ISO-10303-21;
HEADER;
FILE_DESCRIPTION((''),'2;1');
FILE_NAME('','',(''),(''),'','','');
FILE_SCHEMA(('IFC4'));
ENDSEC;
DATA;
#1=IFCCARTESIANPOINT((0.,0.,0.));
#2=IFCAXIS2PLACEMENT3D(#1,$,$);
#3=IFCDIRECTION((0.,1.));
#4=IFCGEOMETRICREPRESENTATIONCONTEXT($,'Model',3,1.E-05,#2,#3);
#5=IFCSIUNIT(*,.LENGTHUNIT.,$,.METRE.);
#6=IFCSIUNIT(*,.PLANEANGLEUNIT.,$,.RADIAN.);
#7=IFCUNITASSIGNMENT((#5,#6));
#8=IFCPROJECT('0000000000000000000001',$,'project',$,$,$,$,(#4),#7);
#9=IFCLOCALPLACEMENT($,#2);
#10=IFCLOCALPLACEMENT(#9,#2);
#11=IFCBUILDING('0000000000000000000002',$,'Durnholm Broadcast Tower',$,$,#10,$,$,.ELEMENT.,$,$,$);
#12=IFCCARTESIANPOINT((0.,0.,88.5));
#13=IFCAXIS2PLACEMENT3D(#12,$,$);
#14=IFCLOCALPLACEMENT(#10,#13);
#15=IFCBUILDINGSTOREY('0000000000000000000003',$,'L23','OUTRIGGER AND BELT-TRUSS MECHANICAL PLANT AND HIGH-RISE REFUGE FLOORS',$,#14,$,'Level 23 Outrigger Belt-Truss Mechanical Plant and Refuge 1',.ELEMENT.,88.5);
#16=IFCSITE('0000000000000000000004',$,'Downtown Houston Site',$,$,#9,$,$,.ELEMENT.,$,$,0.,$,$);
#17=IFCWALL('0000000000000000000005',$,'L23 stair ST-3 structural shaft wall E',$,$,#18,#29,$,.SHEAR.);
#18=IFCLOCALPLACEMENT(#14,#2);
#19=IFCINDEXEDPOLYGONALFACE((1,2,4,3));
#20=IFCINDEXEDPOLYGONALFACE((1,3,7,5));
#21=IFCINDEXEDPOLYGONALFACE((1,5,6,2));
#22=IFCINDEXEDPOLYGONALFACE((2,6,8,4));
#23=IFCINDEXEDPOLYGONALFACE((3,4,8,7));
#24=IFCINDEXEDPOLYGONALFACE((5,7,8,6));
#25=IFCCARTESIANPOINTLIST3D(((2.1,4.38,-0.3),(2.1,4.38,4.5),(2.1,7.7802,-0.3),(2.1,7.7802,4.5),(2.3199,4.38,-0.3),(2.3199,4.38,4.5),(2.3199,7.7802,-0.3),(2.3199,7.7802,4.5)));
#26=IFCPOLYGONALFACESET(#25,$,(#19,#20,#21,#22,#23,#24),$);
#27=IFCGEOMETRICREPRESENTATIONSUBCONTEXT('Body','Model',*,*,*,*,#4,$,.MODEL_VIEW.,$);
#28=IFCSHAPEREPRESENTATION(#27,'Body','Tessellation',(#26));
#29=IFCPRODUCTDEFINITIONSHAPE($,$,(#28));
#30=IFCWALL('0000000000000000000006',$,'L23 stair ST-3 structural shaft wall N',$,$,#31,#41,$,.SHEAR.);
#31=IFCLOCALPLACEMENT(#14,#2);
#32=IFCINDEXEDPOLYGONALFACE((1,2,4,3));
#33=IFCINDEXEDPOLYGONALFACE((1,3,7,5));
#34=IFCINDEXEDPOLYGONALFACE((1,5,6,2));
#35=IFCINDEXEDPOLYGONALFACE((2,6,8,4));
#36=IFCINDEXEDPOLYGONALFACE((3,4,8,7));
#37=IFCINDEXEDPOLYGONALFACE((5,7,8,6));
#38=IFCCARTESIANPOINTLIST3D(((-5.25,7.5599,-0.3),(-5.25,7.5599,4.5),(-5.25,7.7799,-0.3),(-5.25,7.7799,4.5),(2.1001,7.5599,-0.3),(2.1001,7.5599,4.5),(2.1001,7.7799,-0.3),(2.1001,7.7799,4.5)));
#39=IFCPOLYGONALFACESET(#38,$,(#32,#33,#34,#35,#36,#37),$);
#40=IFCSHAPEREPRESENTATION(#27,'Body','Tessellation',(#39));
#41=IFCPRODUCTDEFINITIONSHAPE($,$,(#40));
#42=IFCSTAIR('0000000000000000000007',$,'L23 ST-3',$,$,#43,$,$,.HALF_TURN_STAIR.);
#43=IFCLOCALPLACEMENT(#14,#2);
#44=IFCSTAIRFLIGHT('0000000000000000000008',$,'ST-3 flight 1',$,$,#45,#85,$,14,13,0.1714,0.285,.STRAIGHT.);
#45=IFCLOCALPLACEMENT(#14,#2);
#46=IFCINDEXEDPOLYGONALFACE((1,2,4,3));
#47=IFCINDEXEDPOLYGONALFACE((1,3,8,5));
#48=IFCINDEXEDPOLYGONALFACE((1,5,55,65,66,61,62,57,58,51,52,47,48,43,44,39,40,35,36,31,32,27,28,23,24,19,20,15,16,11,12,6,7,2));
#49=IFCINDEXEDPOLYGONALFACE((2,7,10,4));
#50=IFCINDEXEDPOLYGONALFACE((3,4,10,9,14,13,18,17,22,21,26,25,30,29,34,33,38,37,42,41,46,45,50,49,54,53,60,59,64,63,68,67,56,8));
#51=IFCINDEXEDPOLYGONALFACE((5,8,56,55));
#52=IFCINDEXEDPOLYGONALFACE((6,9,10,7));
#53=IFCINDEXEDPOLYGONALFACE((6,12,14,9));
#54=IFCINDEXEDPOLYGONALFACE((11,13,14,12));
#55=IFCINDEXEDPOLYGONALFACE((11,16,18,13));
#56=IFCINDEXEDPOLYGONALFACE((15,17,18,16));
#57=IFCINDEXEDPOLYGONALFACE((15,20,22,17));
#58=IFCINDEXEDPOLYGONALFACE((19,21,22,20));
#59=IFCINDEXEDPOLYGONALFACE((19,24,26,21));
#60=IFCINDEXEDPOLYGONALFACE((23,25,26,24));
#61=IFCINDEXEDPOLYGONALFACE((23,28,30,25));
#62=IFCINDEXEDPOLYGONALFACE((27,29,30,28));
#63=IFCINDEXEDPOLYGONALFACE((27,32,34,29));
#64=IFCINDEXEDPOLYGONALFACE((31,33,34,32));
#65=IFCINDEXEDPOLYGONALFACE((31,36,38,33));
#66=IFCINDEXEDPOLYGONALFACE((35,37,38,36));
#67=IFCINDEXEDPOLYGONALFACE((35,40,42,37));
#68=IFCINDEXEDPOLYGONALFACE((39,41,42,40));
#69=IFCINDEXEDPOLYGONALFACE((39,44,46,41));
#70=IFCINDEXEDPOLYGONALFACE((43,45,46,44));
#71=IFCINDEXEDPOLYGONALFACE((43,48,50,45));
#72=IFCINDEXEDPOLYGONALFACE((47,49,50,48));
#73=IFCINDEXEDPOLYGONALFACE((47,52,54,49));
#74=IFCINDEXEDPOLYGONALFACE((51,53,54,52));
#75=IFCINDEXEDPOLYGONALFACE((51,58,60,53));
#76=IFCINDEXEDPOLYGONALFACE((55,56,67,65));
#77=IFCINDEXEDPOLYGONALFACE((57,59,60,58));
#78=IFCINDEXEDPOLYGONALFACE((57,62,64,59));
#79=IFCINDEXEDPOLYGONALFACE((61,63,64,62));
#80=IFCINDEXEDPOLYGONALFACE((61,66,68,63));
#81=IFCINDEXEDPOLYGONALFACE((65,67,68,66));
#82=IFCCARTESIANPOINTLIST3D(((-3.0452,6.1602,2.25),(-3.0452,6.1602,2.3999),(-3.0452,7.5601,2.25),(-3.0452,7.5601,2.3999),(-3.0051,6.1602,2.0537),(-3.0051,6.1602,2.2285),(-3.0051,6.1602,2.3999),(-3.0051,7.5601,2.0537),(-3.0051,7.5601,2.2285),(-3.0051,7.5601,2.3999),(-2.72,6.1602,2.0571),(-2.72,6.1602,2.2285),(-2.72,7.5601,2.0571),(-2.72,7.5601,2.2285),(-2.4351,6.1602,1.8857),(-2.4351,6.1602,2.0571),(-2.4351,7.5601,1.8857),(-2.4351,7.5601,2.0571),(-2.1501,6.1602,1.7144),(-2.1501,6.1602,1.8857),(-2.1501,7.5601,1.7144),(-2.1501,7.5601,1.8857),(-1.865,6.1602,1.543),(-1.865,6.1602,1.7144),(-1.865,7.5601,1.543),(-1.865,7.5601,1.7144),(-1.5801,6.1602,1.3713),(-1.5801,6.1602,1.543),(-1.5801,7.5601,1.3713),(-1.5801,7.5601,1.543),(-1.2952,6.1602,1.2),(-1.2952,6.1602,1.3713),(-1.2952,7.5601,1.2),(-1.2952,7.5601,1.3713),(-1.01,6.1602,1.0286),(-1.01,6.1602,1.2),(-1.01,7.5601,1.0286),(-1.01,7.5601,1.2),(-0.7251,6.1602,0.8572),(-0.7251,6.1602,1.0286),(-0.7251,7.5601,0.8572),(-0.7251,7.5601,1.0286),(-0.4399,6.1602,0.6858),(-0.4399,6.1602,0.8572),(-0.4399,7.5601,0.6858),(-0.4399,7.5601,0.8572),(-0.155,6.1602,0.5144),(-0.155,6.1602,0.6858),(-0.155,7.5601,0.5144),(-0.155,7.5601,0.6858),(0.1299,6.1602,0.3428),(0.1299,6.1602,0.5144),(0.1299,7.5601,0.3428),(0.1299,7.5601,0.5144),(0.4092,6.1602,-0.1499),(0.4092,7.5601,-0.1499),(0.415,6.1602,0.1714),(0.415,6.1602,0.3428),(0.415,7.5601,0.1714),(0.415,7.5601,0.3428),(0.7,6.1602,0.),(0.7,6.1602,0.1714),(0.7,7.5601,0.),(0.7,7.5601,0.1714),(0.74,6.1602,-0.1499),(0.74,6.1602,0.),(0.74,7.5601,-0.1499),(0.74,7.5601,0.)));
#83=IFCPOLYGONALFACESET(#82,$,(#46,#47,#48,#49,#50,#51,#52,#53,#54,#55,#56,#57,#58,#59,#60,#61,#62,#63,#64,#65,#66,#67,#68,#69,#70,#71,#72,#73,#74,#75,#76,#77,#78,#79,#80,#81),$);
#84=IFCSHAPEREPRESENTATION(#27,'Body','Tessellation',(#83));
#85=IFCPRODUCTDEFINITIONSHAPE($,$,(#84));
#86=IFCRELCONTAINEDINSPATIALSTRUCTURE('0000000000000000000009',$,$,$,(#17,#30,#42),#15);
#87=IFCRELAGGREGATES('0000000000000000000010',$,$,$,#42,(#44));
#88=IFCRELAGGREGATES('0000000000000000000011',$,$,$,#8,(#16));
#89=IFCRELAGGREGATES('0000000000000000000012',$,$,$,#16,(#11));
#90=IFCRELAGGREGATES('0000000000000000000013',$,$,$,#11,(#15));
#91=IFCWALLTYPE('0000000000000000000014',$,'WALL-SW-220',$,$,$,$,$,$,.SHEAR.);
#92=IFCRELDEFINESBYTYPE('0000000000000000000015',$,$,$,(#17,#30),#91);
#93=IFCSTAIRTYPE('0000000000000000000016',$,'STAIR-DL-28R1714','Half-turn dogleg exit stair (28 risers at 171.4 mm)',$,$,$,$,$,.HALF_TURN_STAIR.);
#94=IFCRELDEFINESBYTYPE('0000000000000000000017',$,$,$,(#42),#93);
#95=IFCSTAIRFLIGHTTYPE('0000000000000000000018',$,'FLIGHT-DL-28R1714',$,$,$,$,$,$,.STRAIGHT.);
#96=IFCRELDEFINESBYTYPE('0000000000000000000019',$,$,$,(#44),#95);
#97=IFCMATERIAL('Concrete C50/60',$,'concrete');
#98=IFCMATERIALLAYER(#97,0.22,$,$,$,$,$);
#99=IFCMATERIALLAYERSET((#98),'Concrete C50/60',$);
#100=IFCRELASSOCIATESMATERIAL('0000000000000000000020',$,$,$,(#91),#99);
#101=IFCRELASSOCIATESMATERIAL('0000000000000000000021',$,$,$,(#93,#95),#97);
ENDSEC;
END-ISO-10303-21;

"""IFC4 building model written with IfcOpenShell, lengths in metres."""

from ifc_helpers import new_model, si_unit, direction, frame, frame_2d, origin, place, context, subcontext, project, spatial, polyline, rectangle, outline, extrude, material, layer, layer_set, type_object, element, aggregate, save


model = new_model("IFC4")

# Units and contexts
model_context = context("Model", 3, precision=1e-05, world=origin(), true_north=direction((0.0, 1.0)))
body_context = subcontext(model_context, "Body", "Model", "MODEL_VIEW")
ifc_project = project(units=[si_unit("LENGTHUNIT", "METRE"), si_unit("PLANEANGLEUNIT", "RADIAN")], contexts=[model_context])

# Site, building, storey
site_placement = place(None, origin())
site = spatial("IfcSite", under=ifc_project, at=site_placement, Name="Downtown Houston Site", CompositionType="ELEMENT", RefElevation=0.0)
building_placement = place(site_placement, origin())
building = spatial("IfcBuilding", under=site, at=building_placement, Name="Durnholm Broadcast Tower", CompositionType="ELEMENT")
storey_placement = place(building_placement, frame((0.0, 0.0, 88.5)))
storey = spatial("IfcBuildingStorey", under=building, at=storey_placement, Name="L23", Description="OUTRIGGER AND BELT-TRUSS MECHANICAL PLANT AND HIGH-RISE REFUGE FLOORS", LongName="Level 23 Outrigger Belt-Truss Mechanical Plant and Refuge 1", CompositionType="ELEMENT", Elevation=88.5)

# Walls
ifc_material_1 = material(Name="Concrete C50/60", Category="concrete")
ifc_layer_1 = layer(ifc_material_1, 0.22)
ifc_layer_set_1 = layer_set([ifc_layer_1], Name="Concrete C50/60")
wall_type_1 = type_object("IfcWallType", Name="WALL-SW-220", PredefinedType="SHEAR", material=ifc_layer_set_1)
wall_1_placement = place(storey_placement, frame((2.21, 4.3799, -0.3), z_axis=(0.0, 0.0, 1.0), x_axis=(0.0, 1.0, 0.0)))
element("IfcWall", 1, at=wall_1_placement, inside=storey, type_object=wall_type_1, Name="L23 stair ST-3 structural shaft wall E", PredefinedType="SHEAR", context=body_context, shape_type="SweptSolid", body=[
    extrude(rectangle(XDim=3.4001, YDim=0.22, at=frame_2d((1.7002, 0.0))), origin(), (0.0, 0.0, 1.0), 4.8),
])
wall_2_placement = place(storey_placement, frame((2.1001, 7.6699, -0.3), z_axis=(0.0, 0.0, 1.0), x_axis=(-1.0, 0.0, 0.0)))
element("IfcWall", 2, at=wall_2_placement, inside=storey, type_object=wall_type_1, Name="L23 stair ST-3 structural shaft wall N", PredefinedType="SHEAR", context=body_context, shape_type="SweptSolid", body=[
    extrude(rectangle(XDim=7.3501, YDim=0.22, at=frame_2d((3.675, 0.0))), origin(), (0.0, 0.0, 1.0), 4.8),
])

# Stair, stair flight
stair_type = type_object("IfcStairType", Name="STAIR-DL-28R1714", Description="Half-turn dogleg exit stair (28 risers at 171.4 mm)", PredefinedType="HALF_TURN_STAIR", material=ifc_material_1)
stair_placement = place(storey_placement, origin())
stair = element("IfcStair", 3, at=stair_placement, inside=storey, type_object=stair_type, Name="L23 ST-3", PredefinedType="HALF_TURN_STAIR")
stair_flight_type = type_object("IfcStairFlightType", Name="FLIGHT-DL-28R1714", PredefinedType="STRAIGHT", material=ifc_material_1)
stair_flight_placement = place(storey_placement, frame((0.7, 6.8601, 0.0), z_axis=(0.0, 0.0, 1.0), x_axis=(-1.0, 0.0, 0.0)))
stair_flight = element("IfcStairFlight", 4, at=stair_flight_placement, type_object=stair_flight_type, Name="ST-3 flight 1", NumberOfRisers=14, NumberOfTreads=13, PredefinedType="STRAIGHT", RiserHeight=0.1714, TreadLength=0.285, context=body_context, shape_type="SweptSolid", body=[
    extrude(outline(polyline([(-0.04, -0.1499), (-0.04, 0.0), (0.0, 0.0), (0.0, 0.1714), (0.2849, 0.1714), (0.2849, 0.3428), (0.5701, 0.3428), (0.5701, 0.5144), (0.855, 0.5144), (0.855, 0.6858), (1.1399, 0.6858), (1.1399, 0.8572), (1.425, 0.8572), (1.425, 1.0286), (1.71, 1.0286), (1.71, 1.2), (1.9951, 1.2), (1.9951, 1.3713), (2.28, 1.3713), (2.28, 1.543), (2.5649, 1.543), (2.5649, 1.7144), (2.8501, 1.7144), (2.8501, 1.8857), (3.135, 1.8857), (3.135, 2.0571), (3.4199, 2.0571), (3.4199, 2.2285), (3.7051, 2.2285), (3.7051, 2.3999), (3.7451, 2.3999), (3.7451, 2.25), (3.7051, 2.0537), (0.2908, -0.1499), (-0.04, -0.1499)])), frame((0.0, 0.7, 0.0), z_axis=(0.0, -1.0, 0.0), x_axis=(1.0, 0.0, 0.0)), (0.0, 0.0, 1.0), 1.3999),
])
aggregate(stair, [stair_flight])

save(model, "model.ifc")
